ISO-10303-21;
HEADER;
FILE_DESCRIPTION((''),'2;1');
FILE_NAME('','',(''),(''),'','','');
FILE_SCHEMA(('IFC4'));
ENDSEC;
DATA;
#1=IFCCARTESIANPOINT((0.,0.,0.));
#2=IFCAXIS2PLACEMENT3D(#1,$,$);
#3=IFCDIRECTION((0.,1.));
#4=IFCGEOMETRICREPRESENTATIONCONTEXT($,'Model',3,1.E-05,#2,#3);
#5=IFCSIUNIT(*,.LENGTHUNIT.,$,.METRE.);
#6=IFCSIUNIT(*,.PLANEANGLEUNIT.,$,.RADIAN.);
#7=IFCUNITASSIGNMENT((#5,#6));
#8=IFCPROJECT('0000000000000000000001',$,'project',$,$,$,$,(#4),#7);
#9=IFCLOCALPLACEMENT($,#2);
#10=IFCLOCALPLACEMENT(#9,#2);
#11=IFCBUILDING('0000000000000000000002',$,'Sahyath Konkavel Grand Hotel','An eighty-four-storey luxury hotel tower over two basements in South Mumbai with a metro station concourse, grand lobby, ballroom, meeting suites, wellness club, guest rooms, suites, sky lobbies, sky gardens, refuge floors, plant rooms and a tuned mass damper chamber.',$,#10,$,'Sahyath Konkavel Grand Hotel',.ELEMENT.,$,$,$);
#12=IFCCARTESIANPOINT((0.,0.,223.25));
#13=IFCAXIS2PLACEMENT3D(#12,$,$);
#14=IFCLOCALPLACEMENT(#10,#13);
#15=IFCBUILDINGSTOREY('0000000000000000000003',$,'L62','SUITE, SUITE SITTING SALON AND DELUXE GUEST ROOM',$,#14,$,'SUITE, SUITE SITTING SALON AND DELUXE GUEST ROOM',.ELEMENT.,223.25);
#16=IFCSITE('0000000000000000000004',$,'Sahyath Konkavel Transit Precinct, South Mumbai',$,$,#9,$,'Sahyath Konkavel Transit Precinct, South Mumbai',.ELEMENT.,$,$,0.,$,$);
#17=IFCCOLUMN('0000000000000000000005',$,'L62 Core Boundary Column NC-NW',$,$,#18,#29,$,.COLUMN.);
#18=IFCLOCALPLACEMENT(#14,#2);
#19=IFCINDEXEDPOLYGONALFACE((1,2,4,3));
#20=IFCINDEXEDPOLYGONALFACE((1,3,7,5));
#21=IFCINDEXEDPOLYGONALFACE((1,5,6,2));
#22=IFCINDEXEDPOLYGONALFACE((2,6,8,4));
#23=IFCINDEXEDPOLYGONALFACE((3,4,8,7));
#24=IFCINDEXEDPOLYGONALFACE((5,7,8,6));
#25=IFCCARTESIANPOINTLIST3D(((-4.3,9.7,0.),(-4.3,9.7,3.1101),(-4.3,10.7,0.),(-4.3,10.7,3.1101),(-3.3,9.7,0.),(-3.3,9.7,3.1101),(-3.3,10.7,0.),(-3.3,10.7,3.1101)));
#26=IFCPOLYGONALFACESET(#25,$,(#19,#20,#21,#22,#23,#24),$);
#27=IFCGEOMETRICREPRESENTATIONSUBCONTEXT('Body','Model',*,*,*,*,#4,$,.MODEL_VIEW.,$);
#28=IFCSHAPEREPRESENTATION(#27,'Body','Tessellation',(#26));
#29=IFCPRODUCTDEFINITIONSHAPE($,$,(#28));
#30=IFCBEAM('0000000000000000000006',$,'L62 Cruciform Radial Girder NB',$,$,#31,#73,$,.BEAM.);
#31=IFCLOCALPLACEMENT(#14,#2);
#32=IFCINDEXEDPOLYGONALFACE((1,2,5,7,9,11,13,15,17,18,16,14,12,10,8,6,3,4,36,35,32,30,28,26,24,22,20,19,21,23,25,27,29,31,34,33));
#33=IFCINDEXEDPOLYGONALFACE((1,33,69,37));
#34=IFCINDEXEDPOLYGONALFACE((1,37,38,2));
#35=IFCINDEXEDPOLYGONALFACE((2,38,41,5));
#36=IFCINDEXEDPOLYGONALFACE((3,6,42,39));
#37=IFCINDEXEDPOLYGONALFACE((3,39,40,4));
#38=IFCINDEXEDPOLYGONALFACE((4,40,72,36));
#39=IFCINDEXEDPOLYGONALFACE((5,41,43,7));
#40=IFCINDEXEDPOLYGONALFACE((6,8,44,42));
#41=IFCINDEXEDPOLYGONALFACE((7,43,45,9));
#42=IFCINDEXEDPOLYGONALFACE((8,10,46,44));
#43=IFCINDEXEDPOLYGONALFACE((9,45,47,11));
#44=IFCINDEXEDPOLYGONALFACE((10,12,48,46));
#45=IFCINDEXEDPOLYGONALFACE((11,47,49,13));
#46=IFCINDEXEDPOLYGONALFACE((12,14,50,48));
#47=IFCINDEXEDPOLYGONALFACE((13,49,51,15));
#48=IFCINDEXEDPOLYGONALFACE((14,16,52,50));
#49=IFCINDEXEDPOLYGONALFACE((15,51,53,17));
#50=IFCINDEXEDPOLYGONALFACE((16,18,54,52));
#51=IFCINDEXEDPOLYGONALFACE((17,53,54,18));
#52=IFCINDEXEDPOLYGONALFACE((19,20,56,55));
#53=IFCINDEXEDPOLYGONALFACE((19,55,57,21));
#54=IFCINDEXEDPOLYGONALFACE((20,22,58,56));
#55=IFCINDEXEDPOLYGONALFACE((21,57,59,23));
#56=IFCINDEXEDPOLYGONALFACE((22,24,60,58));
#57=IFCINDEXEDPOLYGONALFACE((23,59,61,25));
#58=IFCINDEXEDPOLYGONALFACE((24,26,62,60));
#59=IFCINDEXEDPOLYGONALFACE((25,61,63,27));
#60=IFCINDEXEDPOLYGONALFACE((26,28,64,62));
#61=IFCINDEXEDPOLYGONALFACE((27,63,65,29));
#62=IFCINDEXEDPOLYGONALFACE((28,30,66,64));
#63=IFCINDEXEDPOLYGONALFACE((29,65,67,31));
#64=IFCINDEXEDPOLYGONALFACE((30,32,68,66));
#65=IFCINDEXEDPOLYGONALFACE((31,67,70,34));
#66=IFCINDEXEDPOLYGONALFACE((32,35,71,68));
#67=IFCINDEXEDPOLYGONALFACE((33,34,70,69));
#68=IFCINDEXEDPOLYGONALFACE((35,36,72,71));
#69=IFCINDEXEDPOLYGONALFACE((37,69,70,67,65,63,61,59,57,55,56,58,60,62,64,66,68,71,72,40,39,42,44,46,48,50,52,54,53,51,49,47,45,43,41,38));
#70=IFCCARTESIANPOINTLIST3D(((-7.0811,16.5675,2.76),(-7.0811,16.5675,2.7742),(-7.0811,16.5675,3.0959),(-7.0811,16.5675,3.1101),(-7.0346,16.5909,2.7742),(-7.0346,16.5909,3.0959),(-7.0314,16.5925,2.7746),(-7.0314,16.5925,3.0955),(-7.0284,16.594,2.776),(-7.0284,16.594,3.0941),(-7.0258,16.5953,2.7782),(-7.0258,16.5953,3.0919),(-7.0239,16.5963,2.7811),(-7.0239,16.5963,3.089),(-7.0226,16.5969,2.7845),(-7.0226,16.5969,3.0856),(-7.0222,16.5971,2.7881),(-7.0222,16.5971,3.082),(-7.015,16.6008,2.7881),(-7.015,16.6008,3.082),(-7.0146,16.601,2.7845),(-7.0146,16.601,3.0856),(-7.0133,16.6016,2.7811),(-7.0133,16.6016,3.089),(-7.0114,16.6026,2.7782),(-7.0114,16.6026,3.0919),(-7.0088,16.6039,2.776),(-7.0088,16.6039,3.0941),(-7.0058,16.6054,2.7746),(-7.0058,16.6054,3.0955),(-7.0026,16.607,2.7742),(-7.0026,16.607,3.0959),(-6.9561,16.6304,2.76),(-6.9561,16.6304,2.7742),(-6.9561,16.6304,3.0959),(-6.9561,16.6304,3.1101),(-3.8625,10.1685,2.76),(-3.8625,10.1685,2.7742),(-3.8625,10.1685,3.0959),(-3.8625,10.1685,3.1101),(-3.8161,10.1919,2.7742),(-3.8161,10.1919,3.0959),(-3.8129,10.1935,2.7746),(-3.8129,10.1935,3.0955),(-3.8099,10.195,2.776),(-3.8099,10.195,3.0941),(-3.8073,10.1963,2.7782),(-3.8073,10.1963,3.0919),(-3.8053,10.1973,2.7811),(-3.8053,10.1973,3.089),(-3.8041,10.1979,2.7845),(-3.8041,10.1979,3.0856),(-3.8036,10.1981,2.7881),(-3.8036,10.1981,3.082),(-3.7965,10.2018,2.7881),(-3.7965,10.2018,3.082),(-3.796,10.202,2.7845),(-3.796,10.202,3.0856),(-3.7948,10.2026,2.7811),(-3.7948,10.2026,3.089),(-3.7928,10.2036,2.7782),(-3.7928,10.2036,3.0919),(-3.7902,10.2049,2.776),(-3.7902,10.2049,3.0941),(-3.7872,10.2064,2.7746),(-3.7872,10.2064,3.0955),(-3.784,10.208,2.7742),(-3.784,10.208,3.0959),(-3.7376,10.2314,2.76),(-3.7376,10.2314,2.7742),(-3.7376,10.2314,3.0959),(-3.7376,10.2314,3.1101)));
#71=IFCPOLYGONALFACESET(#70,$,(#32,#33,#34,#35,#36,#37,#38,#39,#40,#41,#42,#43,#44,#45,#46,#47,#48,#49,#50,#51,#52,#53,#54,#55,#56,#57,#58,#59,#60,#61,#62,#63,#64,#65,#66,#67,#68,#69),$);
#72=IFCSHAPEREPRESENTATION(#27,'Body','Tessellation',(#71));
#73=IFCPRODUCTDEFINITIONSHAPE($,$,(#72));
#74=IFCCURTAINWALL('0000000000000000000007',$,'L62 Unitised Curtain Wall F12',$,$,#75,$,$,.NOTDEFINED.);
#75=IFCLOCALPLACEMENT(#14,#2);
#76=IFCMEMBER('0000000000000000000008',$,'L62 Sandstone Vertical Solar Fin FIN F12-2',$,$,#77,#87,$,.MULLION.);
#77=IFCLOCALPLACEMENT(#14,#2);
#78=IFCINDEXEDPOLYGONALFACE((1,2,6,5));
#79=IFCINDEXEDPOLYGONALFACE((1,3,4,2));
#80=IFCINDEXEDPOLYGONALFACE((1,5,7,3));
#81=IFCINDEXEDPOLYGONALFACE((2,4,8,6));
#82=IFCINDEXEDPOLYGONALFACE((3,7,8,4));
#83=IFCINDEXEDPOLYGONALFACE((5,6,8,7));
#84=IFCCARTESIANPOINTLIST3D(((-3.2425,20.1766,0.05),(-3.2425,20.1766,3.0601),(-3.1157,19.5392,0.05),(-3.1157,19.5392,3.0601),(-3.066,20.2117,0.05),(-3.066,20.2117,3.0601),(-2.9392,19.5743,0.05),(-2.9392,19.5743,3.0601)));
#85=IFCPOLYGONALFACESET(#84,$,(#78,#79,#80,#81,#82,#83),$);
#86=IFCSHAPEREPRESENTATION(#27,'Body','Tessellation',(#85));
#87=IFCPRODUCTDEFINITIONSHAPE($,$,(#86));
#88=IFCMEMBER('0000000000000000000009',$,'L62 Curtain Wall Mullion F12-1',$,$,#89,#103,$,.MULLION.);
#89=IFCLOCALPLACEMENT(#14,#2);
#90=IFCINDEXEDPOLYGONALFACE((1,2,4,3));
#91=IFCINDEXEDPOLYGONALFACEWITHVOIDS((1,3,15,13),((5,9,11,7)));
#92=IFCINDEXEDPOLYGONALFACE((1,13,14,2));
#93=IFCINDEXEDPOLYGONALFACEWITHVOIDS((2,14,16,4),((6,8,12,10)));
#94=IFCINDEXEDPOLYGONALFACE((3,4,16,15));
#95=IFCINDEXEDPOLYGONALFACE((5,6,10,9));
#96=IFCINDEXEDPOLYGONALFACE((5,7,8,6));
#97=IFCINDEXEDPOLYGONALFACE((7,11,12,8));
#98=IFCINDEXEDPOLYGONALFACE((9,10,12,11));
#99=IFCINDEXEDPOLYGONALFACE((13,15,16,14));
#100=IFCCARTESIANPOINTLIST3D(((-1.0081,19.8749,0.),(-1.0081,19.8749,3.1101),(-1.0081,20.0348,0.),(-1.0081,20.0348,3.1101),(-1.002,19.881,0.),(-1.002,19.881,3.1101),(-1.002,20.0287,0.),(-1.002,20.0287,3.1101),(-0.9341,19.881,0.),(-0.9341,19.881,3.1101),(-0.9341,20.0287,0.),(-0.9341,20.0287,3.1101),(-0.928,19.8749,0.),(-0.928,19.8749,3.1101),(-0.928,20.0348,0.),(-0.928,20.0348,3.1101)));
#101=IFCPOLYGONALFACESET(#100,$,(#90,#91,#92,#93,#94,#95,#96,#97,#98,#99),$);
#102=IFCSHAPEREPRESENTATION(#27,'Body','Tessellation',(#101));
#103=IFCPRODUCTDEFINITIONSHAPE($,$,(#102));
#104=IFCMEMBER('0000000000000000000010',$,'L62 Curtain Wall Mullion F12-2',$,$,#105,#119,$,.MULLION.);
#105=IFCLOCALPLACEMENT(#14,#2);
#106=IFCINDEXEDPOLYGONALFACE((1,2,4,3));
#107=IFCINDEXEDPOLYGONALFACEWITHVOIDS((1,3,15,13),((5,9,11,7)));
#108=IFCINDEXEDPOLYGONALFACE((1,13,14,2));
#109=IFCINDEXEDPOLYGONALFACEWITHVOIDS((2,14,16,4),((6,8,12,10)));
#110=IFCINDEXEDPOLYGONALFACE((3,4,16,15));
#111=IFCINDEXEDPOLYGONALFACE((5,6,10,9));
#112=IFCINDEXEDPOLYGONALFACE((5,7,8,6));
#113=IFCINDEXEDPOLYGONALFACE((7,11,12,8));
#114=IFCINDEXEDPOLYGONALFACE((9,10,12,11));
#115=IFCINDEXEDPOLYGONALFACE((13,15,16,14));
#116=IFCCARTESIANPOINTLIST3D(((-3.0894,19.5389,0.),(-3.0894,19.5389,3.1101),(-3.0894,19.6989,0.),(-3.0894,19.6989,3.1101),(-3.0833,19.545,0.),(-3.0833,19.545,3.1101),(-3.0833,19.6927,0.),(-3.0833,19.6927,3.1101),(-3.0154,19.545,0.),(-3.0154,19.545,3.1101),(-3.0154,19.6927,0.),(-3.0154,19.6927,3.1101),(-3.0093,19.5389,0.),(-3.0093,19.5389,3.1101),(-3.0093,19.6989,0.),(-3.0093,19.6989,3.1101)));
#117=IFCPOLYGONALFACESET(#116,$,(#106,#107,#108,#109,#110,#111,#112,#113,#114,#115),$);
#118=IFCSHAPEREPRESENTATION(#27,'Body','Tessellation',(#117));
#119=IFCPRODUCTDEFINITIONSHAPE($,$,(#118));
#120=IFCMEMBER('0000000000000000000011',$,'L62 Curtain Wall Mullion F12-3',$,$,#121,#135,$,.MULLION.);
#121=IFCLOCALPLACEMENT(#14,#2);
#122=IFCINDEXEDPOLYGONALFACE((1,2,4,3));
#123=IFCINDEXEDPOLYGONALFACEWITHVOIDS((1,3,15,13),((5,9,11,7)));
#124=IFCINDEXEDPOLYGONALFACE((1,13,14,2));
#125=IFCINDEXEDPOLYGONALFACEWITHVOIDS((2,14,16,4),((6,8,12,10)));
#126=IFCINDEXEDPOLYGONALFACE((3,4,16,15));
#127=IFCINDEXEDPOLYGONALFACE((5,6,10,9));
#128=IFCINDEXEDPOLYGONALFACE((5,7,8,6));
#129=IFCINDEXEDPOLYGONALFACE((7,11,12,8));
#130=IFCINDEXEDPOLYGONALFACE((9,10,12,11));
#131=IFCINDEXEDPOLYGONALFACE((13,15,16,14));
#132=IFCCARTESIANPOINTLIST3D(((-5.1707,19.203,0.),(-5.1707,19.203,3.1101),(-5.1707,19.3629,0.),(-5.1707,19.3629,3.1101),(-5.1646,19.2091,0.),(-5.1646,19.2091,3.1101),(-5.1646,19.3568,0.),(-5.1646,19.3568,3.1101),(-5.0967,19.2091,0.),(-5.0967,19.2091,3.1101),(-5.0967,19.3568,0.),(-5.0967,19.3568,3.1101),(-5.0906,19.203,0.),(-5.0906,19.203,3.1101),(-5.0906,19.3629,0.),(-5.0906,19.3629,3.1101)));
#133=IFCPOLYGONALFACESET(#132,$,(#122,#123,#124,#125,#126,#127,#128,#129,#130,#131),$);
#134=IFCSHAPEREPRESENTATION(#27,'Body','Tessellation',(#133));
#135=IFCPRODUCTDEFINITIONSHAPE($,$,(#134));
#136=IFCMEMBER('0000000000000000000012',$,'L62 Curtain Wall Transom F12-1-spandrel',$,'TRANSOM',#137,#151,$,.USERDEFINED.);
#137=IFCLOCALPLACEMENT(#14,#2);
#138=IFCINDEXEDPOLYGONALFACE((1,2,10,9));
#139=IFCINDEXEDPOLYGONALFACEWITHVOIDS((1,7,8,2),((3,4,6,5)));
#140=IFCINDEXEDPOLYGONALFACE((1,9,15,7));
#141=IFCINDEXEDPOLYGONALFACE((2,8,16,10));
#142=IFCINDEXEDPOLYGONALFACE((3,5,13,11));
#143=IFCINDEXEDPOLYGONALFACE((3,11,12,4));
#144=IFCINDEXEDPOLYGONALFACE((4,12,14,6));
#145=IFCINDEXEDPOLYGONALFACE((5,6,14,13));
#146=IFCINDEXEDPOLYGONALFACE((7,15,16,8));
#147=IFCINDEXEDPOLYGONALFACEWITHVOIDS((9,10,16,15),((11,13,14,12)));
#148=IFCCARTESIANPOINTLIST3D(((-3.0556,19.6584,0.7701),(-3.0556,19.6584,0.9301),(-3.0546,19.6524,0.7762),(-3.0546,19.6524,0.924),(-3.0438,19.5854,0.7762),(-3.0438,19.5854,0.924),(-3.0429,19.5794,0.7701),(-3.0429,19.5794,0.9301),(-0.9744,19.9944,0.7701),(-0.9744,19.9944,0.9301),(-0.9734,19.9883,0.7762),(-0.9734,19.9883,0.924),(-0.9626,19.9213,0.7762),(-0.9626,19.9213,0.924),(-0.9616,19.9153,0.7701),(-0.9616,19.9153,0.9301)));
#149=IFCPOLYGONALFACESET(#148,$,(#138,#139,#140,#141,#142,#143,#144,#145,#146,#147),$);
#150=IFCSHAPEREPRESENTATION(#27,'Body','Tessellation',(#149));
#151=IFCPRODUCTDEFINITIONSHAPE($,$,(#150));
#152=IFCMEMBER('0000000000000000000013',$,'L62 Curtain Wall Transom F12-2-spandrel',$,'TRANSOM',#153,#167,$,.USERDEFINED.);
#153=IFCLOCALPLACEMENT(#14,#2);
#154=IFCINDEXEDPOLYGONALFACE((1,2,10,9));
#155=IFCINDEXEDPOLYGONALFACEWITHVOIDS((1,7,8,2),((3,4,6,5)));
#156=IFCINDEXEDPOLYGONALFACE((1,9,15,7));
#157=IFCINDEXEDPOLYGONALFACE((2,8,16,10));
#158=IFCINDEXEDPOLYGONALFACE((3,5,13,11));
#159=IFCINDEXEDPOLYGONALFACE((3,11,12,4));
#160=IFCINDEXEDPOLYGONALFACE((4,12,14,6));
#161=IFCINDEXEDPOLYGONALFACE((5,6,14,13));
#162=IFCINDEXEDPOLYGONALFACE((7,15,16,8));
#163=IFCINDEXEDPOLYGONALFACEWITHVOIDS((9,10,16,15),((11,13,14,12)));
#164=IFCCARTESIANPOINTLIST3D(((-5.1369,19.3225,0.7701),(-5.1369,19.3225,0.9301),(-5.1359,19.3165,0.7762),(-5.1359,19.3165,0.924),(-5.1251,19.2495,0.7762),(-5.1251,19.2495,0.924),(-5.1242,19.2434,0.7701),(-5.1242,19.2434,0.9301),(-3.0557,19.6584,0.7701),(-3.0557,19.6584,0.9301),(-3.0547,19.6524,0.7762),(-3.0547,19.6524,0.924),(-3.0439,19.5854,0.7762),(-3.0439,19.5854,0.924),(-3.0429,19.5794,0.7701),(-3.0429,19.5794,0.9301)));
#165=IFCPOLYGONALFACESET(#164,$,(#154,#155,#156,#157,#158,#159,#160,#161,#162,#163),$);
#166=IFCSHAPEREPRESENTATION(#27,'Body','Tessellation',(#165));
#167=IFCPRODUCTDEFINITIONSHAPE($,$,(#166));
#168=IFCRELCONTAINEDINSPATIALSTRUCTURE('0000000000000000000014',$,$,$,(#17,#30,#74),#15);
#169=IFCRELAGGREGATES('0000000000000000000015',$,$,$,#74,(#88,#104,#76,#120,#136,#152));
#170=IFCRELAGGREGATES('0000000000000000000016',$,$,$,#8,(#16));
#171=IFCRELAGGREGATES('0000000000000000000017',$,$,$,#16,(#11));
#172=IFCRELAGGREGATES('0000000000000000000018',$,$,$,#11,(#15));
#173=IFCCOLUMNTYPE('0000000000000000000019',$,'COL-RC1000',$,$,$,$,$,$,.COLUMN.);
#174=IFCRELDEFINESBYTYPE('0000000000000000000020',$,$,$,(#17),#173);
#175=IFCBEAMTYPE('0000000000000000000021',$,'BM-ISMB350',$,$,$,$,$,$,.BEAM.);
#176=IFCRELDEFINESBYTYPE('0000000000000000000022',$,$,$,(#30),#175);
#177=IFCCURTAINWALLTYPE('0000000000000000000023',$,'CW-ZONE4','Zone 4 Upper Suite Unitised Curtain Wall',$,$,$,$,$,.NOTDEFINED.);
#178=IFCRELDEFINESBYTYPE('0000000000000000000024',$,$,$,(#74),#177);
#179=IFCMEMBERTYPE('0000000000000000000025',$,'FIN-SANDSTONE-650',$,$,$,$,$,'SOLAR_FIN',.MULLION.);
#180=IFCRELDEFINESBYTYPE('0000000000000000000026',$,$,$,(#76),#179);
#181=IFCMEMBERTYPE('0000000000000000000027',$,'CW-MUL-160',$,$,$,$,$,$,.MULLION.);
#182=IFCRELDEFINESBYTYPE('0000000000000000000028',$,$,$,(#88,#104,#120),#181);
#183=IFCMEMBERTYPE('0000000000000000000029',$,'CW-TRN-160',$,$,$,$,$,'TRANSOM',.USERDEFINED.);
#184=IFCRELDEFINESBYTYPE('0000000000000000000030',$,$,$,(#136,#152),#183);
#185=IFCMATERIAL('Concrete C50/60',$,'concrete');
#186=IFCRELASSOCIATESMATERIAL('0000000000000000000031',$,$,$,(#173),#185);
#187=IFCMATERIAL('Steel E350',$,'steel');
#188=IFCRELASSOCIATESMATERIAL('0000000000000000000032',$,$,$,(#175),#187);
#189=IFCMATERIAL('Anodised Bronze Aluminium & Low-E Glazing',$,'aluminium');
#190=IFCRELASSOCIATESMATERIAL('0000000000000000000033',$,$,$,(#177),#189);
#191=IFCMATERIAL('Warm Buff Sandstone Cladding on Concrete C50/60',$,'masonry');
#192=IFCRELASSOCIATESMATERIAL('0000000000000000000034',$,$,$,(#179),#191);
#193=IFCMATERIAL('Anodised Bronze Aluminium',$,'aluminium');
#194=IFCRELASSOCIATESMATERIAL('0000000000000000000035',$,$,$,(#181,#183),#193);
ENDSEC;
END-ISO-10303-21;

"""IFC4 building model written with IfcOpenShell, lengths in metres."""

from ifc_helpers import new_model, si_unit, direction, frame, origin, origin_2d, place, context, subcontext, project, spatial, rectangle, hollow_rectangle, i_section, extrude, source, transform, mapped, material, material_profile, profile_set, type_object, element, aggregate, save


model = new_model("IFC4")

# Units and contexts
model_context = context("Model", 3, precision=1e-05, world=origin(), true_north=direction((0.0, 1.0)))
body_context = subcontext(model_context, "Body", "Model", "MODEL_VIEW")
ifc_project = project(units=[si_unit("LENGTHUNIT", "METRE"), si_unit("PLANEANGLEUNIT", "RADIAN")], contexts=[model_context])

# Site, building, storey
site_placement = place(None, origin())
site = spatial("IfcSite", under=ifc_project, at=site_placement, Name="Sahyath Konkavel Transit Precinct, South Mumbai", LongName="Sahyath Konkavel Transit Precinct, South Mumbai", CompositionType="ELEMENT", RefElevation=0.0)
building_placement = place(site_placement, origin())
building = spatial("IfcBuilding", under=site, at=building_placement, Name="Sahyath Konkavel Grand Hotel", Description="An eighty-four-storey luxury hotel tower over two basements in South Mumbai with a metro station concourse, grand lobby, ballroom, meeting suites, wellness club, guest rooms, suites, sky lobbies, sky gardens, refuge floors, plant rooms and a tuned mass damper chamber.", LongName="Sahyath Konkavel Grand Hotel", CompositionType="ELEMENT")
storey_placement = place(building_placement, frame((0.0, 0.0, 223.25)))
storey = spatial("IfcBuildingStorey", under=building, at=storey_placement, Name="L62", Description="SUITE, SUITE SITTING SALON AND DELUXE GUEST ROOM", LongName="SUITE, SUITE SITTING SALON AND DELUXE GUEST ROOM", CompositionType="ELEMENT", Elevation=223.25)

# Column
ifc_material_1 = material(Name="Concrete C50/60", Category="concrete")
ifc_material_profile_1 = material_profile(ifc_material_1, rectangle(XDim=1.0, YDim=1.0, at=origin_2d()), Name="RC 1000x1000")
ifc_profile_set_1 = profile_set([ifc_material_profile_1], Name="Concrete C50/60")
column_type = type_object("IfcColumnType", Name="COL-RC1000", PredefinedType="COLUMN", material=ifc_profile_set_1)
shared_shape_1 = source(origin(), body_context, "Body", "SweptSolid", [
    extrude(rectangle(XDim=1.0, YDim=1.0, at=origin_2d()), origin(), (0.0, 0.0, 1.0), 3.1101),
])
column_placement = place(storey_placement, frame((-3.8, 10.2, 0.0), z_axis=(0.0, 0.0, 1.0), x_axis=(1.0, 0.0, 0.0)))
element("IfcColumn", 1, at=column_placement, inside=storey, type_object=column_type, Name="L62 Core Boundary Column NC-NW", PredefinedType="COLUMN", context=body_context, shape_type="MappedRepresentation", body=[
    mapped(shared_shape_1, transform((0.0, 0.0, 0.0), scale=1.0)),
])

# Beam
ifc_material_2 = material(Name="Steel E350", Category="steel")
ifc_material_profile_2 = material_profile(ifc_material_2, i_section(OverallWidth=0.1399, OverallDepth=0.3501, WebThickness=0.0081, FlangeThickness=0.0142, FilletRadius=0.0139, at=origin_2d()), Name="ISMB 350")
ifc_profile_set_2 = profile_set([ifc_material_profile_2], Name="Steel E350")
beam_type_1 = type_object("IfcBeamType", Name="BM-ISMB350", PredefinedType="BEAM", material=ifc_profile_set_2)
shared_shape_2 = source(origin(), body_context, "Body", "SweptSolid", [
    extrude(i_section(OverallWidth=0.1399, OverallDepth=0.3501, WebThickness=0.0081, FlangeThickness=0.0142, FilletRadius=0.0139, at=origin_2d()), origin(), (0.0, 0.0, 1.0), 7.1628),
])
beam_1_placement = place(storey_placement, frame((-3.8, 10.2, 2.9351), z_axis=(-0.449339, 0.893361, 0.0), x_axis=(-0.893361, -0.449339, 0.0)))
element("IfcBeam", 2, at=beam_1_placement, inside=storey, type_object=beam_type_1, Name="L62 Cruciform Radial Girder NB", PredefinedType="BEAM", context=body_context, shape_type="MappedRepresentation", body=[
    mapped(shared_shape_2, transform((0.0, 0.0, 0.0), scale=1.0)),
])

# Curtain wall, members
ifc_material_3 = material(Name="Anodised Bronze Aluminium & Low-E Glazing", Category="aluminium")
curtain_wall_type = type_object("IfcCurtainWallType", Name="CW-ZONE4", Description="Zone 4 Upper Suite Unitised Curtain Wall", PredefinedType="NOTDEFINED", material=ifc_material_3)
curtain_wall_placement = place(storey_placement, origin())
curtain_wall = element("IfcCurtainWall", 3, at=curtain_wall_placement, inside=storey, type_object=curtain_wall_type, Name="L62 Unitised Curtain Wall F12", PredefinedType="NOTDEFINED")
ifc_material_4 = material(Name="Warm Buff Sandstone Cladding on Concrete C50/60", Category="masonry")
ifc_material_profile_3 = material_profile(ifc_material_4, rectangle(XDim=0.1799, YDim=0.6499, at=origin_2d()), Name="FIN 180x650")
ifc_profile_set_3 = profile_set([ifc_material_profile_3], Name="Warm Buff Sandstone Cladding on Concrete C50/60")
member_type_1 = type_object("IfcMemberType", Name="FIN-SANDSTONE-650", ElementType="SOLAR_FIN", PredefinedType="MULLION", material=ifc_profile_set_3)
shared_shape_3 = source(origin(), body_context, "Body", "SweptSolid", [
    extrude(rectangle(XDim=0.1799, YDim=0.6499, at=origin_2d()), origin(), (0.0, 0.0, 1.0), 3.01),
])
member_1_placement = place(storey_placement, frame((-3.0908, 19.8755, 0.05), z_axis=(0.0, 0.0, 1.0), x_axis=(0.980785, 0.19509, 0.0)))
member_1 = element("IfcMember", 4, at=member_1_placement, type_object=member_type_1, Name="L62 Sandstone Vertical Solar Fin FIN F12-2", PredefinedType="MULLION", context=body_context, shape_type="MappedRepresentation", body=[
    mapped(shared_shape_3, transform((0.0, 0.0, 0.0), scale=1.0)),
])
ifc_material_5 = material(Name="Anodised Bronze Aluminium", Category="aluminium")
ifc_material_profile_4 = material_profile(ifc_material_5, hollow_rectangle(XDim=0.0801, YDim=0.1599, WallThickness=0.0061, at=origin_2d()), Name="RHS 160x80x6")
ifc_profile_set_4 = profile_set([ifc_material_profile_4], Name="Anodised Bronze Aluminium")
member_type_2 = type_object("IfcMemberType", Name="CW-MUL-160", PredefinedType="MULLION", material=ifc_profile_set_4)
shared_shape_4 = source(origin(), body_context, "Body", "SweptSolid", [
    extrude(hollow_rectangle(XDim=0.0801, YDim=0.1599, WallThickness=0.0061, at=origin_2d()), origin(), (0.0, 0.0, 1.0), 3.1101),
])
member_2_placement = place(storey_placement, frame((-0.968, 19.9548, 0.0), z_axis=(0.0, 0.0, 1.0), x_axis=(1.0, 0.0, 0.0)))
member_2 = element("IfcMember", 5, at=member_2_placement, type_object=member_type_2, Name="L62 Curtain Wall Mullion F12-1", PredefinedType="MULLION", context=body_context, shape_type="MappedRepresentation", body=[
    mapped(shared_shape_4, transform((0.0, 0.0, 0.0), scale=1.0)),
])
member_3_placement = place(storey_placement, frame((-3.0493, 19.6189, 0.0), z_axis=(0.0, 0.0, 1.0), x_axis=(1.0, 0.0, 0.0)))
member_3 = element("IfcMember", 6, at=member_3_placement, type_object=member_type_2, Name="L62 Curtain Wall Mullion F12-2", PredefinedType="MULLION", context=body_context, shape_type="MappedRepresentation", body=[
    mapped(shared_shape_4, transform((0.0, 0.0, 0.0), scale=1.0)),
])
member_4_placement = place(storey_placement, frame((-5.1306, 19.283, 0.0), z_axis=(0.0, 0.0, 1.0), x_axis=(1.0, 0.0, 0.0)))
member_4 = element("IfcMember", 7, at=member_4_placement, type_object=member_type_2, Name="L62 Curtain Wall Mullion F12-3", PredefinedType="MULLION", context=body_context, shape_type="MappedRepresentation", body=[
    mapped(shared_shape_4, transform((0.0, 0.0, 0.0), scale=1.0)),
])
ifc_material_profile_5 = material_profile(ifc_material_5, hollow_rectangle(XDim=0.0801, YDim=0.1599, WallThickness=0.0061, at=origin_2d()), Name="RHS 160x80x6")
ifc_profile_set_5 = profile_set([ifc_material_profile_5], Name="Anodised Bronze Aluminium")
member_type_3 = type_object("IfcMemberType", Name="CW-TRN-160", ElementType="TRANSOM", PredefinedType="USERDEFINED", material=ifc_profile_set_5)
shared_shape_5 = source(origin(), body_context, "Body", "SweptSolid", [
    extrude(hollow_rectangle(XDim=0.0801, YDim=0.1599, WallThickness=0.0061, at=origin_2d()), origin(), (0.0, 0.0, 1.0), 2.1082),
])
member_5_placement = place(storey_placement, frame((-0.968, 19.9548, 0.8501), z_axis=(-0.987223, -0.159345, 0.0), x_axis=(0.159345, -0.987223, 0.0)))
member_5 = element("IfcMember", 8, at=member_5_placement, type_object=member_type_3, Name="L62 Curtain Wall Transom F12-1-spandrel", ObjectType="TRANSOM", PredefinedType="USERDEFINED", context=body_context, shape_type="MappedRepresentation", body=[
    mapped(shared_shape_5, transform((0.0, 0.0, 0.0), scale=1.0)),
])
member_6_placement = place(storey_placement, frame((-3.0493, 19.6189, 0.8501), z_axis=(-0.987223, -0.159345, 0.0), x_axis=(0.159345, -0.987223, 0.0)))
member_6 = element("IfcMember", 9, at=member_6_placement, type_object=member_type_3, Name="L62 Curtain Wall Transom F12-2-spandrel", ObjectType="TRANSOM", PredefinedType="USERDEFINED", context=body_context, shape_type="MappedRepresentation", body=[
    mapped(shared_shape_5, transform((0.0, 0.0, 0.0), scale=1.0)),
])

aggregate(curtain_wall, [member_2, member_3, member_1, member_4, member_5, member_6])

save(model, "model.ifc")
